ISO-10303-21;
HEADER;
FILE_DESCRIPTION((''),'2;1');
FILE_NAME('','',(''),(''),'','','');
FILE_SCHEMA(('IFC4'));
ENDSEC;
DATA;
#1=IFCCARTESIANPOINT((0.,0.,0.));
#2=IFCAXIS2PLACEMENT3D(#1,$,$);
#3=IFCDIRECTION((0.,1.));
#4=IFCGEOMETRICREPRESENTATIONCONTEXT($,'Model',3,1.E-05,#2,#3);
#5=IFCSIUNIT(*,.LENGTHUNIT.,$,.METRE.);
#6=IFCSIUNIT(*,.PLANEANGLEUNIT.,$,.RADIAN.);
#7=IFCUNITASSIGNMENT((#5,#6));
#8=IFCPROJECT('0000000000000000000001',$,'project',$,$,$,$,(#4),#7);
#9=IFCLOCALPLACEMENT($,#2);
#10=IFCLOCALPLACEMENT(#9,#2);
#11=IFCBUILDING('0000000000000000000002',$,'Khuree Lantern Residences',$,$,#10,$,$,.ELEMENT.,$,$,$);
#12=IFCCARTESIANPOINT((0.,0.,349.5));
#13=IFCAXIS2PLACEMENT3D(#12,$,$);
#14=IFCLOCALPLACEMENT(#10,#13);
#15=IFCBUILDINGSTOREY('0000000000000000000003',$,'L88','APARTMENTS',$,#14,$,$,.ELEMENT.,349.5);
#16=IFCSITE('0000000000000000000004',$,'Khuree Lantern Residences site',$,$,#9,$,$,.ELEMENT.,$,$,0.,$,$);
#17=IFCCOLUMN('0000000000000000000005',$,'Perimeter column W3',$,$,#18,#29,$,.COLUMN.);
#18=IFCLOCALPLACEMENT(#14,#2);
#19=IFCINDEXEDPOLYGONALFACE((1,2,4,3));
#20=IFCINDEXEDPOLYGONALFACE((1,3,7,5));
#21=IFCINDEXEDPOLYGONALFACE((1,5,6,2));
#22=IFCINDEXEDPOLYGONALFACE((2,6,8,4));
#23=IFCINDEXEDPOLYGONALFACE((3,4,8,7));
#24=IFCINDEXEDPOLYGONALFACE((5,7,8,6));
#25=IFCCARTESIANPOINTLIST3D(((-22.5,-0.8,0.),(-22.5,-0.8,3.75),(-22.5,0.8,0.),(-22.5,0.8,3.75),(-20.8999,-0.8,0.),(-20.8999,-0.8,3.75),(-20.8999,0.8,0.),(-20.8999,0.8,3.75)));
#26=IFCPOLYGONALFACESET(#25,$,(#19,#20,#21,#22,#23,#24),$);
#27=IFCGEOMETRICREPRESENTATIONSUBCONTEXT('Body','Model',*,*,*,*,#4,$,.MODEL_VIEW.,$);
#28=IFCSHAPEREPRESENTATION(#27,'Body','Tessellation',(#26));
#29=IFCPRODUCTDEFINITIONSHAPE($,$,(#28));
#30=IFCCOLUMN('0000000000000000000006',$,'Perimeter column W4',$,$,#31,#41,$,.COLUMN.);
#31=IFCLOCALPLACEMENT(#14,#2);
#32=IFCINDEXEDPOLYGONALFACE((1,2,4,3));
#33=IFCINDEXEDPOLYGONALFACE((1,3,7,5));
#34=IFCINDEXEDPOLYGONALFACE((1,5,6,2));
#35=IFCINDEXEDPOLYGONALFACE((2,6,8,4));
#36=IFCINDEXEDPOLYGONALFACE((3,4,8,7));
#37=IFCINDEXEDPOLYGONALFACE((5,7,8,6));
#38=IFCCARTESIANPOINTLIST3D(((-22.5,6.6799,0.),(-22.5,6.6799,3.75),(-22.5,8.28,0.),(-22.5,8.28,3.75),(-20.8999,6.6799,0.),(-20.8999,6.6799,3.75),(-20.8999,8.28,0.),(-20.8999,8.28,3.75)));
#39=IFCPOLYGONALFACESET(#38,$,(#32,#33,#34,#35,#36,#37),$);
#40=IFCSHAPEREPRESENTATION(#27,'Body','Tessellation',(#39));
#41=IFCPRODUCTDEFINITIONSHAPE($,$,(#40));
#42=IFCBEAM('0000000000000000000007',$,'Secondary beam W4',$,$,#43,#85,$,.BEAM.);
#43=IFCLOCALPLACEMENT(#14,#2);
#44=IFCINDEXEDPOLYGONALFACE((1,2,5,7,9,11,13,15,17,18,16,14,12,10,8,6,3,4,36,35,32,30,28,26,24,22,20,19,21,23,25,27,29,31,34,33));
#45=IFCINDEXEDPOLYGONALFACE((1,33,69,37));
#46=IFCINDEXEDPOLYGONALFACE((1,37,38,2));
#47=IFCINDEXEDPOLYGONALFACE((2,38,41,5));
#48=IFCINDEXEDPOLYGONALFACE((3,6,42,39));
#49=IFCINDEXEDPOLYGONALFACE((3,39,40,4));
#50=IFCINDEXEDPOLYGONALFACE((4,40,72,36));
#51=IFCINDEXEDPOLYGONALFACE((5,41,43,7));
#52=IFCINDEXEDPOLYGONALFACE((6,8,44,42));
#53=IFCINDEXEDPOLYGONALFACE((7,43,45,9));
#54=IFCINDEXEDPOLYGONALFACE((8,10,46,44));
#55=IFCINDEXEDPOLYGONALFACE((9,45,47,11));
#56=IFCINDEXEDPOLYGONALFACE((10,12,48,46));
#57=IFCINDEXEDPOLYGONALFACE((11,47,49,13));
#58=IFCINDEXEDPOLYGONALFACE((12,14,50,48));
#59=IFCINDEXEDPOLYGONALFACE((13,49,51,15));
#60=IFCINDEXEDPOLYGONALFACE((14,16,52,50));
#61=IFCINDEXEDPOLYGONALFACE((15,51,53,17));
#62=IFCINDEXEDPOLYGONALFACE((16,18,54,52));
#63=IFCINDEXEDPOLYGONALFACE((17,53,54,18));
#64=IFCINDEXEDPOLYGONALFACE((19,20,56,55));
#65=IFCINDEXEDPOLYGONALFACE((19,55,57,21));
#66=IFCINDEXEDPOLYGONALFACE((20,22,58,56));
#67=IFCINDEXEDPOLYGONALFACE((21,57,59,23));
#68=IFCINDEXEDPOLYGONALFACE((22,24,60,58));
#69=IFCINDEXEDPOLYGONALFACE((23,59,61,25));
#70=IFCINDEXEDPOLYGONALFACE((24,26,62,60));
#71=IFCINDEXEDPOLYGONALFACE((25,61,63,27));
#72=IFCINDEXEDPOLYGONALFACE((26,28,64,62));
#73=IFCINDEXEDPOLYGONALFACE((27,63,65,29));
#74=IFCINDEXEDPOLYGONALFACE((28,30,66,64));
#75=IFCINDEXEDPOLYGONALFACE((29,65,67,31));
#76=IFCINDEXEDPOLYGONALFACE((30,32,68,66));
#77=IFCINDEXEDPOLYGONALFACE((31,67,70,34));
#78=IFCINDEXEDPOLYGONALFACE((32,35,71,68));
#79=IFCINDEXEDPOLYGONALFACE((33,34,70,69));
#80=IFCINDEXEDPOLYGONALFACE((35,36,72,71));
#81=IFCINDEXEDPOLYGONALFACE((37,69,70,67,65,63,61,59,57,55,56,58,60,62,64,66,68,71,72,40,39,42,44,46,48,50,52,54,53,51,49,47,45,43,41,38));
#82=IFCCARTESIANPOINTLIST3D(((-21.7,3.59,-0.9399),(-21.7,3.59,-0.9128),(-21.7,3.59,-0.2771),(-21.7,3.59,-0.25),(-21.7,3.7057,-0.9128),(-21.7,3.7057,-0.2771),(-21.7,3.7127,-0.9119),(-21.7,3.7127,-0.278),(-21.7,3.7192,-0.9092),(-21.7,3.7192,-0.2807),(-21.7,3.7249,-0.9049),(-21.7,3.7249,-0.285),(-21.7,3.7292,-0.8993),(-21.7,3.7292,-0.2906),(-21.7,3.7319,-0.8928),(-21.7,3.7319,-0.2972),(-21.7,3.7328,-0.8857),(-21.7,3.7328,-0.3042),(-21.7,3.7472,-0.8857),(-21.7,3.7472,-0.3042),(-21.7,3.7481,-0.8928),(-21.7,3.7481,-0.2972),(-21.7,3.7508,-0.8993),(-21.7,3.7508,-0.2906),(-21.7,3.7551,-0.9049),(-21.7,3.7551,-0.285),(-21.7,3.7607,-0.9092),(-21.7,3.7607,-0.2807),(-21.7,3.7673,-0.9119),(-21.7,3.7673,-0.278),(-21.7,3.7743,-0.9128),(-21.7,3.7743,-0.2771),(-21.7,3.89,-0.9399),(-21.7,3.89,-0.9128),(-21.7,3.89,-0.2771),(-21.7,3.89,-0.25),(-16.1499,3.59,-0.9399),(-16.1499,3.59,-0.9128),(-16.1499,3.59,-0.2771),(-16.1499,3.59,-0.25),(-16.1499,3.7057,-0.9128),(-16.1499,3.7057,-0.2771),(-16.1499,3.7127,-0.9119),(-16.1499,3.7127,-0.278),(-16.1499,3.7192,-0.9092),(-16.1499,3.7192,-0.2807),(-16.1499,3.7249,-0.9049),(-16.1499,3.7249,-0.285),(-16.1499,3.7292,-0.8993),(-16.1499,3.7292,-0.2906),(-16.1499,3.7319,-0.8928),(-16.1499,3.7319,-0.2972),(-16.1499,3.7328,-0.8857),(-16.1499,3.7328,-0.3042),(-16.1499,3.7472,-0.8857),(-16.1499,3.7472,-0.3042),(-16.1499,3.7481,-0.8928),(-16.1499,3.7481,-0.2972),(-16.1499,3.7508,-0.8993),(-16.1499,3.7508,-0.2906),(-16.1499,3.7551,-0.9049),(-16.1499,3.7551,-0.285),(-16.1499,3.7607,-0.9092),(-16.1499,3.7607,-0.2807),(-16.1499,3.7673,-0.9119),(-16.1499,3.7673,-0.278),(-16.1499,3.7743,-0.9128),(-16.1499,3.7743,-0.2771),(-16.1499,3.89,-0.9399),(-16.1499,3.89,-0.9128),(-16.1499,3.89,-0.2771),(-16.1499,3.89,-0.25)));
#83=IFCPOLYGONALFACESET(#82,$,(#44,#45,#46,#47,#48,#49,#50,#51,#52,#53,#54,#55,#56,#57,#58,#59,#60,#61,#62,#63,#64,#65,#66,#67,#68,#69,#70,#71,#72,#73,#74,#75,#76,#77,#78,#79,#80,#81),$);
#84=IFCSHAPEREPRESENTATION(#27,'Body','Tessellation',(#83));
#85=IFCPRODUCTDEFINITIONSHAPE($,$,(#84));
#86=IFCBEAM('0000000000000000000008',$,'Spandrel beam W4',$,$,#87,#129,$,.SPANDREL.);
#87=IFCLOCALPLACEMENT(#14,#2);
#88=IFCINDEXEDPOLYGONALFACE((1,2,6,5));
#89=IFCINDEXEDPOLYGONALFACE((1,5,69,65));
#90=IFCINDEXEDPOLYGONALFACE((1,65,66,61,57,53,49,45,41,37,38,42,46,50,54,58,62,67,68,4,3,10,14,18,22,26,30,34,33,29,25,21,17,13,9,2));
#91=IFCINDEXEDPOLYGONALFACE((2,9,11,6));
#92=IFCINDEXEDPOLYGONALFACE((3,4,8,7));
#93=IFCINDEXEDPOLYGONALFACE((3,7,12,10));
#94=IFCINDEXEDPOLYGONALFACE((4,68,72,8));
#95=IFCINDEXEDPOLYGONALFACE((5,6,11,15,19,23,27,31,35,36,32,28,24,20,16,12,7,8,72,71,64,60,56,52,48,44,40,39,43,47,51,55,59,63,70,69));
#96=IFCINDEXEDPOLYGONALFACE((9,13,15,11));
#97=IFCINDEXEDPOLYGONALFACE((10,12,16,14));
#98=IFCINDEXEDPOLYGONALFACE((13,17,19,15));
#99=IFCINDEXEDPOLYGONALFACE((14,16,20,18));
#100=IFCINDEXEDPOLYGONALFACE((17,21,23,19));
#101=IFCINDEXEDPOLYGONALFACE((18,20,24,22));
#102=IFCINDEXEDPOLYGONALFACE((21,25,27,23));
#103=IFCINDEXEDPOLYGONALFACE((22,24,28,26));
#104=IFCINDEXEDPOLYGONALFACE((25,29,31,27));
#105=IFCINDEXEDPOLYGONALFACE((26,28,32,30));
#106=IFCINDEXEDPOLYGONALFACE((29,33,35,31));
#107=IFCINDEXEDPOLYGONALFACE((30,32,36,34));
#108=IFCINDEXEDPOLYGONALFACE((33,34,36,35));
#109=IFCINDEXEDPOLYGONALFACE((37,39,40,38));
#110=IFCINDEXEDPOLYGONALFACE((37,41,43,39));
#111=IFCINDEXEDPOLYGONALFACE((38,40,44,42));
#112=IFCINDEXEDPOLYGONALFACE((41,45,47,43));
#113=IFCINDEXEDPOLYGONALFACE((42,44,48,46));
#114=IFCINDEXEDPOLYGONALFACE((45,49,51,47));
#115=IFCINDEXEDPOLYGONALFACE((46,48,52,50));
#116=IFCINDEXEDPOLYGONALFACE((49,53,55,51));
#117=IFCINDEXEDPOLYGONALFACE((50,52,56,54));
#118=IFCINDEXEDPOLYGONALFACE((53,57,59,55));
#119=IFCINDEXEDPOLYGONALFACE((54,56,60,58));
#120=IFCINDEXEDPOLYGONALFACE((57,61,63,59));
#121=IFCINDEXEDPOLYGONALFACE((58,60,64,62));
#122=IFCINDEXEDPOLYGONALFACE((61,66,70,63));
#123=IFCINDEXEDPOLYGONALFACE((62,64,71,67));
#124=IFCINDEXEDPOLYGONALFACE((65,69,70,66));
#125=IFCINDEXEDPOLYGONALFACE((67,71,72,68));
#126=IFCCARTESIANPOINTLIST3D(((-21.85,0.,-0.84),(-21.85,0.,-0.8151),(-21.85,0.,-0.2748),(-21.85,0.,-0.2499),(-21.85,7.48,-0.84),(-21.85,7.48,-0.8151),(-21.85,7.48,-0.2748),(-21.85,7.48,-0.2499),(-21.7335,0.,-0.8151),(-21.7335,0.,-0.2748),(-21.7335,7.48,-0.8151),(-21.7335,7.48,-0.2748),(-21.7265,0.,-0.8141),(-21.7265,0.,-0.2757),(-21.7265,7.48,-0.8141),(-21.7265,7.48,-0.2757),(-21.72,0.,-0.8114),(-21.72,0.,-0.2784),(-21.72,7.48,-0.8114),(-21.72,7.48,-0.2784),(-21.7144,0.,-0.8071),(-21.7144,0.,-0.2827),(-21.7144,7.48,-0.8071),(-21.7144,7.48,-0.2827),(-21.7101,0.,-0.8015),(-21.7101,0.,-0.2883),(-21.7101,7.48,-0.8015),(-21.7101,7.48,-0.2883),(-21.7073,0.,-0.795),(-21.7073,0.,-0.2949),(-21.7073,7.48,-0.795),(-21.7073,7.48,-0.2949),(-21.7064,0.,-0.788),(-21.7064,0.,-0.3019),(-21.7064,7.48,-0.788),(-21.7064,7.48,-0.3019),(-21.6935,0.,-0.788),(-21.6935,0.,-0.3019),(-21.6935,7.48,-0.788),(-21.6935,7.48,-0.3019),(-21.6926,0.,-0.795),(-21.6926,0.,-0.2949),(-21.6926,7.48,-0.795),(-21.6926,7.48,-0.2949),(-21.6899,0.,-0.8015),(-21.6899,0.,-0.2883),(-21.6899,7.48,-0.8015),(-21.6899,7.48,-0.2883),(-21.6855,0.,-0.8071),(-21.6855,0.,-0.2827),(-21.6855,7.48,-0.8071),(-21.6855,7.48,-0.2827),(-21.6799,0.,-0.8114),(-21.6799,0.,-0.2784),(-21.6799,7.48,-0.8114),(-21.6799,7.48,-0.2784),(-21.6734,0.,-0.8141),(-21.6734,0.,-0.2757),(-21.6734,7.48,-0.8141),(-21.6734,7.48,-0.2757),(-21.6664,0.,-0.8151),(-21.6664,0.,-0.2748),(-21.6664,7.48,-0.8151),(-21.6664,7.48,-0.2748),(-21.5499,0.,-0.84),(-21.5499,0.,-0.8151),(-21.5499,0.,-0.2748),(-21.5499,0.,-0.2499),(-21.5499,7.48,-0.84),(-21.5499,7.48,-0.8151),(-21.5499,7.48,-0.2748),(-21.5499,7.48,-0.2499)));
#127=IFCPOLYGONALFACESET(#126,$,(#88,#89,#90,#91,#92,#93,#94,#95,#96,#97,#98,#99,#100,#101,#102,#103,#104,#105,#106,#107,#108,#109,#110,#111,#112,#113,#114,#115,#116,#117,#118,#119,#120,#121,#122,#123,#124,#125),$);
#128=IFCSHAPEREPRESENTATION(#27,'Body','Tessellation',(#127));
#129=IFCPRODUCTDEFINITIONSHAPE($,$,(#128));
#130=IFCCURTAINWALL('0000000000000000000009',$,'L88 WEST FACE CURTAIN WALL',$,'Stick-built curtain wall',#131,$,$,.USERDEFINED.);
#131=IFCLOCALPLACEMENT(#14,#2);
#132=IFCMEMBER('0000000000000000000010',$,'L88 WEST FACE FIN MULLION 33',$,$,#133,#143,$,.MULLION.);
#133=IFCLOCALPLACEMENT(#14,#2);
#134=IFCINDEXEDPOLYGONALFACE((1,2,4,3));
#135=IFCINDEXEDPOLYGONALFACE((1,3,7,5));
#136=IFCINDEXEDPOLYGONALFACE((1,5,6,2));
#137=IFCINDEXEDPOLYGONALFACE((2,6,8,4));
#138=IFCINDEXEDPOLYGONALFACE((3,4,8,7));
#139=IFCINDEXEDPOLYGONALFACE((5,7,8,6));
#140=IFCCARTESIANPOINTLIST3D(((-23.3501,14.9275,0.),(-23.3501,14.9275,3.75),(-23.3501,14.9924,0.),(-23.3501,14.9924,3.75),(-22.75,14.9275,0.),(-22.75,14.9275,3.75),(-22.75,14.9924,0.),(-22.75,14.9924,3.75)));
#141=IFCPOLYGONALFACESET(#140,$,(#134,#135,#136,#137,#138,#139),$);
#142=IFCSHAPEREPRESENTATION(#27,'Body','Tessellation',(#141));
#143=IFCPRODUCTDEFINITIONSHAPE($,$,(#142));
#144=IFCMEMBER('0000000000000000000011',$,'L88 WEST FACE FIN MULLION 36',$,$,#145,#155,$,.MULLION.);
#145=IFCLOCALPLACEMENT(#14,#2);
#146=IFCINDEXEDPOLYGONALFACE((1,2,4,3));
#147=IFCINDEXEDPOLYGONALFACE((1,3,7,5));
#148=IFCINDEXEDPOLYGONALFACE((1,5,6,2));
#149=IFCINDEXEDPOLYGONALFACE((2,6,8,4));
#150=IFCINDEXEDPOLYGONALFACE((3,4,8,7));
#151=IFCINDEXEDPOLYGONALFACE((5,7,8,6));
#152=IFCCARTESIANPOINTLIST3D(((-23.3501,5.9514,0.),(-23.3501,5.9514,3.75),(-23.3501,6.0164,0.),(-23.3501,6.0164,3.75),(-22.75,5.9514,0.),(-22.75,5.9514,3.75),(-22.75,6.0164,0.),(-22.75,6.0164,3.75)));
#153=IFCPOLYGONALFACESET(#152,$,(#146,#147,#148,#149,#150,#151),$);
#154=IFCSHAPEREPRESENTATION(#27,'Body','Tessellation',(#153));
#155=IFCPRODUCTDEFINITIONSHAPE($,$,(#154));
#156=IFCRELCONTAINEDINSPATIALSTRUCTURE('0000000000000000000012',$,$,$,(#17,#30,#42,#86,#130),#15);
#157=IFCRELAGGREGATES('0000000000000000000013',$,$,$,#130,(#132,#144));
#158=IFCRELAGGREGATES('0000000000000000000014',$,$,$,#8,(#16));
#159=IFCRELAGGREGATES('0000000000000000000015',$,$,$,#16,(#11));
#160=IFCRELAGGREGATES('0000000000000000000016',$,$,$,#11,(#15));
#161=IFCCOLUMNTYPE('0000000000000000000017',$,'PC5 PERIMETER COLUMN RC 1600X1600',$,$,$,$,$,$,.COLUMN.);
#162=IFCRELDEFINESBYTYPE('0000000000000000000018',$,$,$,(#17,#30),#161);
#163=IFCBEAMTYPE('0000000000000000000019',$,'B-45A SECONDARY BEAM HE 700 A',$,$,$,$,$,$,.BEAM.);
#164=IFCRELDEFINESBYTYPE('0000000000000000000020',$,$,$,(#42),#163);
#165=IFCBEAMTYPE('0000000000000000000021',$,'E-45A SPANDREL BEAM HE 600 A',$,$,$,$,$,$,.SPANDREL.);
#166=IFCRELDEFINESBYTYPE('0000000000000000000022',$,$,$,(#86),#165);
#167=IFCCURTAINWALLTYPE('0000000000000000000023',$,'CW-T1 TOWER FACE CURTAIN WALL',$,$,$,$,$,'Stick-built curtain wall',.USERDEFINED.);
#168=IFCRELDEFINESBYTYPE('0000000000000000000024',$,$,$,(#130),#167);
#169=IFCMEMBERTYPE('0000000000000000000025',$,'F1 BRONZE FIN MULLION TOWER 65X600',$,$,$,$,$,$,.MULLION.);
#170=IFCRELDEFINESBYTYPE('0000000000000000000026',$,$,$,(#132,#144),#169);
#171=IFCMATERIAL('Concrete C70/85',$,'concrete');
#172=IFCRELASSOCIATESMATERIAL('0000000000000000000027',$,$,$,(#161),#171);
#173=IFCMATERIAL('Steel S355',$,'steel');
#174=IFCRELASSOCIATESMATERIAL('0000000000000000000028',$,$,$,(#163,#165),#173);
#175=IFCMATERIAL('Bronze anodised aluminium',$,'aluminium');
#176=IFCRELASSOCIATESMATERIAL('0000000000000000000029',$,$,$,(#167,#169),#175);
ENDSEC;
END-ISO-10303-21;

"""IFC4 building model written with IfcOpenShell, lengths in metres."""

from ifc_helpers import new_model, si_unit, direction, frame, origin, origin_2d, place, context, subcontext, project, spatial, rectangle, i_section, extrude, material, material_profile, profile_set, type_object, element, aggregate, save


model = new_model("IFC4")

# Units and contexts
model_context = context("Model", 3, precision=1e-05, world=origin(), true_north=direction((0.0, 1.0)))
body_context = subcontext(model_context, "Body", "Model", "MODEL_VIEW")
ifc_project = project(units=[si_unit("LENGTHUNIT", "METRE"), si_unit("PLANEANGLEUNIT", "RADIAN")], contexts=[model_context])

# Site, building, storey
site_placement = place(None, origin())
site = spatial("IfcSite", under=ifc_project, at=site_placement, Name="Khuree Lantern Residences site", CompositionType="ELEMENT", RefElevation=0.0)
building_placement = place(site_placement, origin())
building = spatial("IfcBuilding", under=site, at=building_placement, Name="Khuree Lantern Residences", CompositionType="ELEMENT")
storey_placement = place(building_placement, frame((0.0, 0.0, 349.5)))
storey = spatial("IfcBuildingStorey", under=building, at=storey_placement, Name="L88", Description="APARTMENTS", CompositionType="ELEMENT", Elevation=349.5)

# Columns
ifc_material_1 = material(Name="Concrete C70/85", Category="concrete")
ifc_material_profile_1 = material_profile(ifc_material_1, rectangle(XDim=1.6001, YDim=1.6001, at=origin_2d()), Name="RC 1600X1600")
ifc_profile_set_1 = profile_set([ifc_material_profile_1], Name="Concrete C70/85")
column_type = type_object("IfcColumnType", Name="PC5 PERIMETER COLUMN RC 1600X1600", PredefinedType="COLUMN", material=ifc_profile_set_1)
for number, where, z_axis, x_axis, name in (
    (1, (-21.7, 0.0, 0.0), (0.0, 0.0, 1.0), (0.0, 1.0, 0.0), "Perimeter column W3"),
    (2, (-21.7, 7.48, 0.0), (0.0, 0.0, 1.0), (0.0, 1.0, 0.0), "Perimeter column W4"),
):
    element("IfcColumn", number, at=place(storey_placement, frame(where, z_axis=z_axis, x_axis=x_axis)), inside=storey, type_object=column_type, Name=name, PredefinedType="COLUMN", context=body_context, shape_type="SweptSolid", body=[
        extrude(rectangle(XDim=1.6001, YDim=1.6001, at=origin_2d()), origin(), (0.0, 0.0, 1.0), 3.75),
    ])

# Beams
ifc_material_2 = material(Name="Steel S355", Category="steel")
ifc_material_profile_2 = material_profile(ifc_material_2, i_section(OverallWidth=0.3, OverallDepth=0.6899, WebThickness=0.0144, FlangeThickness=0.0271, FilletRadius=0.0271, at=origin_2d()), Name="HE 700 A")
ifc_profile_set_2 = profile_set([ifc_material_profile_2], Name="Steel S355")
beam_type_1 = type_object("IfcBeamType", Name="B-45A SECONDARY BEAM HE 700 A", PredefinedType="BEAM", material=ifc_profile_set_2)
beam_1_placement = place(storey_placement, frame((-21.7, 3.74, -0.595), z_axis=(1.0, 0.0, 0.0), x_axis=(0.0, 1.0, 0.0)))
element("IfcBeam", 3, at=beam_1_placement, inside=storey, type_object=beam_type_1, Name="Secondary beam W4", PredefinedType="BEAM", context=body_context, shape_type="SweptSolid", body=[
    extrude(i_section(OverallWidth=0.3, OverallDepth=0.6899, WebThickness=0.0144, FlangeThickness=0.0271, FilletRadius=0.0271, at=origin_2d()), origin(), (0.0, 0.0, 1.0), 5.55),
])
ifc_material_profile_3 = material_profile(ifc_material_2, i_section(OverallWidth=0.3, OverallDepth=0.5901, WebThickness=0.0129, FlangeThickness=0.0249, FilletRadius=0.0271, at=origin_2d()), Name="HE 600 A")
ifc_profile_set_3 = profile_set([ifc_material_profile_3], Name="Steel S355")
beam_type_2 = type_object("IfcBeamType", Name="E-45A SPANDREL BEAM HE 600 A", PredefinedType="SPANDREL", material=ifc_profile_set_3)
beam_2_placement = place(storey_placement, frame((-21.7, 0.0, -0.5449), z_axis=(0.0, 1.0, 0.0), x_axis=(-1.0, 0.0, 0.0)))
element("IfcBeam", 4, at=beam_2_placement, inside=storey, type_object=beam_type_2, Name="Spandrel beam W4", PredefinedType="SPANDREL", context=body_context, shape_type="SweptSolid", body=[
    extrude(i_section(OverallWidth=0.3, OverallDepth=0.5901, WebThickness=0.0129, FlangeThickness=0.0249, FilletRadius=0.0271, at=origin_2d()), origin(), (0.0, 0.0, 1.0), 7.48),
])

# Curtain wall, members
ifc_material_3 = material(Name="Bronze anodised aluminium", Category="aluminium")
curtain_wall_type = type_object("IfcCurtainWallType", Name="CW-T1 TOWER FACE CURTAIN WALL", ElementType="Stick-built curtain wall", PredefinedType="USERDEFINED", material=ifc_material_3)
curtain_wall_placement = place(storey_placement, origin())
curtain_wall = element("IfcCurtainWall", 5, at=curtain_wall_placement, inside=storey, type_object=curtain_wall_type, Name="L88 WEST FACE CURTAIN WALL", ObjectType="Stick-built curtain wall", PredefinedType="USERDEFINED")
ifc_material_profile_4 = material_profile(ifc_material_3, rectangle(XDim=0.0649, YDim=0.6001, at=origin_2d()), Name="F1 65X600")
ifc_profile_set_4 = profile_set([ifc_material_profile_4], Name="Bronze anodised aluminium")
member_type_1 = type_object("IfcMemberType", Name="F1 BRONZE FIN MULLION TOWER 65X600", PredefinedType="MULLION", material=ifc_profile_set_4)
member_1_placement = place(storey_placement, frame((-23.05, 14.96, 0.0), z_axis=(0.0, 0.0, 1.0), x_axis=(0.0, -1.0, 0.0)))
member_1 = element("IfcMember", 6, at=member_1_placement, type_object=member_type_1, Name="L88 WEST FACE FIN MULLION 33", PredefinedType="MULLION", context=body_context, shape_type="SweptSolid", body=[
    extrude(rectangle(XDim=0.0649, YDim=0.6001, at=origin_2d()), origin(), (0.0, 0.0, 1.0), 3.75),
])
member_2_placement = place(storey_placement, frame((-23.05, 5.9839, 0.0), z_axis=(0.0, 0.0, 1.0), x_axis=(0.0, -1.0, 0.0)))
member_2 = element("IfcMember", 7, at=member_2_placement, type_object=member_type_1, Name="L88 WEST FACE FIN MULLION 36", PredefinedType="MULLION", context=body_context, shape_type="SweptSolid", body=[
    extrude(rectangle(XDim=0.0649, YDim=0.6001, at=origin_2d()), origin(), (0.0, 0.0, 1.0), 3.75),
])

aggregate(curtain_wall, [member_1, member_2])

save(model, "model.ifc")
